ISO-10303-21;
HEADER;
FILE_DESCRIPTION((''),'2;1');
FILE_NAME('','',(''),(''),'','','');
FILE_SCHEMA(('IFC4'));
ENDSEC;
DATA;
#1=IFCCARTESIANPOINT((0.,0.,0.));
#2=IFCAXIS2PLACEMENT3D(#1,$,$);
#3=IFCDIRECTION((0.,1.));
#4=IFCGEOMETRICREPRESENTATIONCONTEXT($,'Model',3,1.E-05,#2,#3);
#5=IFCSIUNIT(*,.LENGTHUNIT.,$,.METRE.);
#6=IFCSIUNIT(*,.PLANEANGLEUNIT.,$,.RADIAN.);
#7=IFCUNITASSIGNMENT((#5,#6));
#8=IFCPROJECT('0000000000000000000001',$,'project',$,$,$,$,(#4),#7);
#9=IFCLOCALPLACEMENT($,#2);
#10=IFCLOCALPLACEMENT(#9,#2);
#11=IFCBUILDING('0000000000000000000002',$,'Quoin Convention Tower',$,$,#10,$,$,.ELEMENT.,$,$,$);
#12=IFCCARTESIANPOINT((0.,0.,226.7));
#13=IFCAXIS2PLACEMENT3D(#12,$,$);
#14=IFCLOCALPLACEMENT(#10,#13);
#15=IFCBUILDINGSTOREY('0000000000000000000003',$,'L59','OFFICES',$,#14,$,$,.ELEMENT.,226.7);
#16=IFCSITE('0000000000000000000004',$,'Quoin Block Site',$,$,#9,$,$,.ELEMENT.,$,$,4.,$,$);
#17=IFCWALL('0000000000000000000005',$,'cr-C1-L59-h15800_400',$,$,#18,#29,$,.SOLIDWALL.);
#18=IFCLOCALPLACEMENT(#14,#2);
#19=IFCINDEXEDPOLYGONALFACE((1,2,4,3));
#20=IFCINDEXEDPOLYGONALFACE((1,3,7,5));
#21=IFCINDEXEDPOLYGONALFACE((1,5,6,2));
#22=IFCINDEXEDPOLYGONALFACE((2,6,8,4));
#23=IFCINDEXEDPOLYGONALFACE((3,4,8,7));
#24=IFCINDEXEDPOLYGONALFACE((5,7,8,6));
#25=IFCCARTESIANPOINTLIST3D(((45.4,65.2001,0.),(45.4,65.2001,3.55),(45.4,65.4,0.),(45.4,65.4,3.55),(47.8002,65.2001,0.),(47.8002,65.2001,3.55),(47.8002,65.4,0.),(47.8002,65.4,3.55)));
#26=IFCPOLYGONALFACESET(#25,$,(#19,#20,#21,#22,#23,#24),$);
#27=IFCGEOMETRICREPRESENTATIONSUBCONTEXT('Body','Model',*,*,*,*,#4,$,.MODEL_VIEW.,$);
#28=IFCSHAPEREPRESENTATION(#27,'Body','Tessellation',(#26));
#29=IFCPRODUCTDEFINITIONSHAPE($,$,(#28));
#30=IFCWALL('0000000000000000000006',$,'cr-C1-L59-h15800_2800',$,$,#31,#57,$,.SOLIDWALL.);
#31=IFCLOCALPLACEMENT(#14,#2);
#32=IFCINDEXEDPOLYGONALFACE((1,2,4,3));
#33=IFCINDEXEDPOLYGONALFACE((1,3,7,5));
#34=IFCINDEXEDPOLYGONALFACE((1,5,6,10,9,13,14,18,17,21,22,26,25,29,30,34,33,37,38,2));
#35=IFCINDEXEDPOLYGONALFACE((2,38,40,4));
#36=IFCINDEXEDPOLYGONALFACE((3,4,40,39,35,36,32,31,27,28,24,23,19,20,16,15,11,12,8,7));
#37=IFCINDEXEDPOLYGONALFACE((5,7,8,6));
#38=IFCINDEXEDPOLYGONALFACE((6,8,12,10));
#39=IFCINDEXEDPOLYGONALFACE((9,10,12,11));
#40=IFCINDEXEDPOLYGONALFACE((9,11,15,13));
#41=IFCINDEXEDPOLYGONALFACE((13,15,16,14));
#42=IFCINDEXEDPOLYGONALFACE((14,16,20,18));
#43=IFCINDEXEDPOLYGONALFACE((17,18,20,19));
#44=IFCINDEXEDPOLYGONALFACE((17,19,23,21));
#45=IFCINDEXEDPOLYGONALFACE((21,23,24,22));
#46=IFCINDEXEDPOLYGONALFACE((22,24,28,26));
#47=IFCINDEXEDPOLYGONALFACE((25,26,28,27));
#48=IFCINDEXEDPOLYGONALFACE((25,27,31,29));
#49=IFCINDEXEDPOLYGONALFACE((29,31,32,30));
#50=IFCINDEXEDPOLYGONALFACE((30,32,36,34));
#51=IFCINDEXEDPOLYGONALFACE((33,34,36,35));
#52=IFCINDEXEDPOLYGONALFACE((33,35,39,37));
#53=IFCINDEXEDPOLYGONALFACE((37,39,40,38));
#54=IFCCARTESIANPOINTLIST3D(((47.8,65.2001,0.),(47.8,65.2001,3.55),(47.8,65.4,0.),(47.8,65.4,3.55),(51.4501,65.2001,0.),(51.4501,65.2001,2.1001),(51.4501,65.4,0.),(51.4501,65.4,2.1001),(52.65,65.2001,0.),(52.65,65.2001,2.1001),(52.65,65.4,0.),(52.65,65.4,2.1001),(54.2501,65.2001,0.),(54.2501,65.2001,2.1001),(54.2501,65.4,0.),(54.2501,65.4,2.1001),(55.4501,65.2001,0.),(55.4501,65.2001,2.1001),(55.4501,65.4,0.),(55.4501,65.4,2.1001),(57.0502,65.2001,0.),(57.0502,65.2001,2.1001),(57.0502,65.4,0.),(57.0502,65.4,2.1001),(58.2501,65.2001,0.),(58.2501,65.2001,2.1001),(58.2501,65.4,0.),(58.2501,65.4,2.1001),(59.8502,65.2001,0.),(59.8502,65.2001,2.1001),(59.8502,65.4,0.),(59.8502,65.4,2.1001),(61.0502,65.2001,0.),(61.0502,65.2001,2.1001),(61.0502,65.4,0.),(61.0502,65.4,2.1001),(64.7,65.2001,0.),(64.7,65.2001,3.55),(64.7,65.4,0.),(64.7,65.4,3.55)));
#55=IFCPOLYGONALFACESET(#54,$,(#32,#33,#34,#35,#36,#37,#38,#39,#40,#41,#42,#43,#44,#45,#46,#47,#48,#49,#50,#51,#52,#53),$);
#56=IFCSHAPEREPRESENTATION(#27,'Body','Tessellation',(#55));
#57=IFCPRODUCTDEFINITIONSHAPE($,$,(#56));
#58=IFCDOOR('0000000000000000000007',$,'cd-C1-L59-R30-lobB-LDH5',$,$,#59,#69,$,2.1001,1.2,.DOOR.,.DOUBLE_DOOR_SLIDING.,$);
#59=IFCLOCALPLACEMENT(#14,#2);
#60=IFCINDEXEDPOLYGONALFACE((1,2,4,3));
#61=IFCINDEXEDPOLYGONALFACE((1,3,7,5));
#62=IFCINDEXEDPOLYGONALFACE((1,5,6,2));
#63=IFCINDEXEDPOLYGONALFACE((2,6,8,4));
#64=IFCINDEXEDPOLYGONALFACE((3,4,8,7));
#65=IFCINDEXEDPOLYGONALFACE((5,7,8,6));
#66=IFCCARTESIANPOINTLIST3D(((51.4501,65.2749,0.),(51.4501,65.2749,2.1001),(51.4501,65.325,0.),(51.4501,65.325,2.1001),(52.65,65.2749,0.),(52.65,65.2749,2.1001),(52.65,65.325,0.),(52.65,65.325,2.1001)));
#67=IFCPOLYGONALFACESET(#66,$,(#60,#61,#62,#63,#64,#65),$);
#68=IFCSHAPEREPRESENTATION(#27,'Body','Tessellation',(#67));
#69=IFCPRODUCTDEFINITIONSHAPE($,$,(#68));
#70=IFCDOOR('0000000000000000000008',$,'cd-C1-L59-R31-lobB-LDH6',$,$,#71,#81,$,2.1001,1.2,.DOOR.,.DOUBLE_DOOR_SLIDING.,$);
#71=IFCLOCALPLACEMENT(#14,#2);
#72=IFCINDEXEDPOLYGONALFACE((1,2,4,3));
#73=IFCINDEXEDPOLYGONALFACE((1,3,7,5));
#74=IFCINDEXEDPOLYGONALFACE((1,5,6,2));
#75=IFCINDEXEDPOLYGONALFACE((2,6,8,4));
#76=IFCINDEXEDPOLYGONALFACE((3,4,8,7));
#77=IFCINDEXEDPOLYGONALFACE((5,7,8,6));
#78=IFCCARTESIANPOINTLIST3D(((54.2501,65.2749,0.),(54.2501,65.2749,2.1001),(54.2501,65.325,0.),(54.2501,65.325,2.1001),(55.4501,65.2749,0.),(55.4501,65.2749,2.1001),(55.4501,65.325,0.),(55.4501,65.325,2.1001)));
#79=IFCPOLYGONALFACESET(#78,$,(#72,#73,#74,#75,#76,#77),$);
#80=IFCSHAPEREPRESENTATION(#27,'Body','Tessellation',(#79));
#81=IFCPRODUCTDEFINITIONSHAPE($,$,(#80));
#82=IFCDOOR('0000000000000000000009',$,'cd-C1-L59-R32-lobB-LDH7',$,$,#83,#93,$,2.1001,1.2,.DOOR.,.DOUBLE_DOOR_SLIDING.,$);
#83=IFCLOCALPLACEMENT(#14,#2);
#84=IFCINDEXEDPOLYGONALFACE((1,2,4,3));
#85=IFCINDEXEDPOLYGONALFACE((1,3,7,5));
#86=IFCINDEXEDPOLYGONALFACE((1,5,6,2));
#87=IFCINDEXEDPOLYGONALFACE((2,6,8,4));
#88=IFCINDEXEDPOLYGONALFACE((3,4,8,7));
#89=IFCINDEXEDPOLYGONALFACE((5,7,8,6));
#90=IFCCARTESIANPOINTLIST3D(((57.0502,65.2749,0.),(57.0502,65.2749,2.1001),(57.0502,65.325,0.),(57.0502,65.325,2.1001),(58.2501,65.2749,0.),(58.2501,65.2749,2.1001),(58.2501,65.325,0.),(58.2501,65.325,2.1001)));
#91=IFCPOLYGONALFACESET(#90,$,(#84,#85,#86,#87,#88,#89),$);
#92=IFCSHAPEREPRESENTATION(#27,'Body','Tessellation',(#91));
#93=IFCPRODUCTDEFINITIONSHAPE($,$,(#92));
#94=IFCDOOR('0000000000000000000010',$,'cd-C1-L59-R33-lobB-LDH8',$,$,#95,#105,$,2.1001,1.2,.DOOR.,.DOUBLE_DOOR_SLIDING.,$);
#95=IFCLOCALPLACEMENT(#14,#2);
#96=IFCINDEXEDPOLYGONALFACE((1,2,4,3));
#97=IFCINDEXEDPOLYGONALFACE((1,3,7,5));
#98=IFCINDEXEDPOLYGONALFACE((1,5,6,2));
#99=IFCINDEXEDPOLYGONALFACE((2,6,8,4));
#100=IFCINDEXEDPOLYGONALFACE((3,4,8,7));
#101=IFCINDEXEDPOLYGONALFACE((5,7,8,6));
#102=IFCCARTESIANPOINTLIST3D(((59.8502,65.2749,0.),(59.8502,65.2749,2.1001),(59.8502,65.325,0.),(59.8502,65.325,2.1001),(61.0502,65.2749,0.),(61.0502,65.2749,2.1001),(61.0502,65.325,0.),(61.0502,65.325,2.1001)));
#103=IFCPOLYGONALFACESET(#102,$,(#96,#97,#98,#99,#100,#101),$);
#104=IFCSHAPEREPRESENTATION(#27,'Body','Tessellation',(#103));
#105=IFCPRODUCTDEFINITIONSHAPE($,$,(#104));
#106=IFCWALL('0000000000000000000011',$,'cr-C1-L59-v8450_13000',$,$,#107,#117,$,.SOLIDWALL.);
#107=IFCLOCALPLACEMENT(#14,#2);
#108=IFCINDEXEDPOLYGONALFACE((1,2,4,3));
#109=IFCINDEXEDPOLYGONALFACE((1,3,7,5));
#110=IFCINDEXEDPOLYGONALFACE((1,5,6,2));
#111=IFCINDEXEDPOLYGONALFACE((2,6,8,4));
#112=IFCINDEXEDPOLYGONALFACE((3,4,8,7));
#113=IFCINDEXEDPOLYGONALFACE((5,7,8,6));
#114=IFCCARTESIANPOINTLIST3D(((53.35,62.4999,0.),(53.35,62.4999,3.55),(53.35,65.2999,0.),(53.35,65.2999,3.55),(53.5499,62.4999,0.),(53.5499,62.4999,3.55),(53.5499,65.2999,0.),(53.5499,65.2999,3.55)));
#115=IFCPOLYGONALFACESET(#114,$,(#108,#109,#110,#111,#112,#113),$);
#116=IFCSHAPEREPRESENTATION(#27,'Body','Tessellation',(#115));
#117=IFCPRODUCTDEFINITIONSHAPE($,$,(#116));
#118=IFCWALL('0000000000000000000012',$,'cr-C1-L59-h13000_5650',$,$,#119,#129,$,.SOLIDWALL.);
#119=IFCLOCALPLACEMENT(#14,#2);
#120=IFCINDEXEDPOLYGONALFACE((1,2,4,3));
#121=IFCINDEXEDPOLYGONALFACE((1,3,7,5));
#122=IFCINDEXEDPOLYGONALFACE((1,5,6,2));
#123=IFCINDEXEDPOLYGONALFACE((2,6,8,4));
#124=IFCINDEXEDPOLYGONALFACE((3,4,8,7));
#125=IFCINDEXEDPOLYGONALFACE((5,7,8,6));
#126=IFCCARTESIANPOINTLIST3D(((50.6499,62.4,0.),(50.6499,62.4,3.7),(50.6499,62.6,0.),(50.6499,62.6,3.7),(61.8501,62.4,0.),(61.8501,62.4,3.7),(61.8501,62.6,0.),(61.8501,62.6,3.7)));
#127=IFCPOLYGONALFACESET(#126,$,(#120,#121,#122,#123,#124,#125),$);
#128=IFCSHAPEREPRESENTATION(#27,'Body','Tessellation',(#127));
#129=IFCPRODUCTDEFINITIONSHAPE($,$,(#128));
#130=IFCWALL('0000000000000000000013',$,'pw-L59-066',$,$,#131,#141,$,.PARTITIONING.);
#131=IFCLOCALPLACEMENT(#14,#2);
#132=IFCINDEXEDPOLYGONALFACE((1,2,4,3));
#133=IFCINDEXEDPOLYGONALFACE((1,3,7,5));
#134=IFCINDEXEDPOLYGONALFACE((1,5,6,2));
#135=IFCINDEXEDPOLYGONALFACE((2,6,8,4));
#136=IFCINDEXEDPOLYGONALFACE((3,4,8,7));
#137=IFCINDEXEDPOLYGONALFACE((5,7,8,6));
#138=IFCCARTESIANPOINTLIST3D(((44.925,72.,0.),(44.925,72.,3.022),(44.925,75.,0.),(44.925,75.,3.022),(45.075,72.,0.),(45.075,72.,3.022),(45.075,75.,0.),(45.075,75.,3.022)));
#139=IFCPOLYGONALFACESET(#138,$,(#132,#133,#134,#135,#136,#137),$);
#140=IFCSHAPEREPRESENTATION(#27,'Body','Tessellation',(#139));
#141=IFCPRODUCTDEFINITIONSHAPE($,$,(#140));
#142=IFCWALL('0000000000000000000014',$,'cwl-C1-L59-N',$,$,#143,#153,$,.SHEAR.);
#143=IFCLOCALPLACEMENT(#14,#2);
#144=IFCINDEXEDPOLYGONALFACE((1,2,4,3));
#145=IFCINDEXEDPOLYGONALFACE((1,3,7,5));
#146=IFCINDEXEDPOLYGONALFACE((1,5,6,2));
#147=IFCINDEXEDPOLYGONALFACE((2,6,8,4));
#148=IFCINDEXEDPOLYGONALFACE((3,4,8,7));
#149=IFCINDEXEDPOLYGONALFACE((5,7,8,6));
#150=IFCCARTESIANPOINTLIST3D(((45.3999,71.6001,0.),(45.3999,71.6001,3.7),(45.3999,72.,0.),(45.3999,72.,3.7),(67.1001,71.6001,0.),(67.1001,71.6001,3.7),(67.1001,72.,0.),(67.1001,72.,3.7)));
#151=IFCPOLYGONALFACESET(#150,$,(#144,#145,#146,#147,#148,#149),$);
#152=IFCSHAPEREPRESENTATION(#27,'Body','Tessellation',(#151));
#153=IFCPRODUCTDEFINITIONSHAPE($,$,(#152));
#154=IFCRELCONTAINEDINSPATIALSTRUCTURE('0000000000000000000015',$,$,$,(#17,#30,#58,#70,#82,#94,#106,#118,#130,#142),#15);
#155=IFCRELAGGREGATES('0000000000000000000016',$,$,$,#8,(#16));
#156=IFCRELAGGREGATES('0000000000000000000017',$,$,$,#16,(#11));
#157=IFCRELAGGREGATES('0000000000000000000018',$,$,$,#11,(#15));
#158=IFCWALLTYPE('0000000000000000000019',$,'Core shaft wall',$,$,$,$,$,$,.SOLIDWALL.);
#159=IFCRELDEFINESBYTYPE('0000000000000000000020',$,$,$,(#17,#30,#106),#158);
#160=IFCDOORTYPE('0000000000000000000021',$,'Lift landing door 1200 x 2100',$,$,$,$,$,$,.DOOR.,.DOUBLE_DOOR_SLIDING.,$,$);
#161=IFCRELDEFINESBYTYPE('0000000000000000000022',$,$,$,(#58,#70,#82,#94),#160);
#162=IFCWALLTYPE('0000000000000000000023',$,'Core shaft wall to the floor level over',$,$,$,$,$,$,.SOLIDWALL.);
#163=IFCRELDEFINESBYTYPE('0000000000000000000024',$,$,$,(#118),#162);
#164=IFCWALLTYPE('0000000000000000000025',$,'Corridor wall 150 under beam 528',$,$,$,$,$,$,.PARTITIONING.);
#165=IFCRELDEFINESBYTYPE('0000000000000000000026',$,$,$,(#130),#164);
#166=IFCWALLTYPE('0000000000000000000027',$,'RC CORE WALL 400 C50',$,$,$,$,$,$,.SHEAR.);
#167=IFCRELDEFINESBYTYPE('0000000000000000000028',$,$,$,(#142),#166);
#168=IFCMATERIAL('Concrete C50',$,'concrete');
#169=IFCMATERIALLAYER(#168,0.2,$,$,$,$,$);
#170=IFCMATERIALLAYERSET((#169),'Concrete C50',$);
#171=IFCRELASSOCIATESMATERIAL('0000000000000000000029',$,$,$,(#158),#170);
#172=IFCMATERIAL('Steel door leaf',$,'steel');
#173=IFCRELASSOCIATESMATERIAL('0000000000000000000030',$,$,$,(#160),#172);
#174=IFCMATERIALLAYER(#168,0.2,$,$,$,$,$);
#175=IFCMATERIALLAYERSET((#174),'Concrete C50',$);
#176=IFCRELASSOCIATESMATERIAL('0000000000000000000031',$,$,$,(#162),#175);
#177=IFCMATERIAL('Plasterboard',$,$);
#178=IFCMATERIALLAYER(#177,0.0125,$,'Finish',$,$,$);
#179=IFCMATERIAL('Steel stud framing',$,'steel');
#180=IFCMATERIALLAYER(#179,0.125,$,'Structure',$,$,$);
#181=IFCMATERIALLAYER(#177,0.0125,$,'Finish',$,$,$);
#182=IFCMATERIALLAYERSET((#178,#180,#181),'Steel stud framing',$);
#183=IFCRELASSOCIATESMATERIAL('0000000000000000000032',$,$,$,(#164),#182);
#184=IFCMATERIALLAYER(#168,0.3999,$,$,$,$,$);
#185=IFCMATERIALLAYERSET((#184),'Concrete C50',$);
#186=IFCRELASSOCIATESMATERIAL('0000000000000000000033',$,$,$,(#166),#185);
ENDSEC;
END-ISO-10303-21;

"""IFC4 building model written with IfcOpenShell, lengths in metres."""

from ifc_helpers import new_model, si_unit, direction, frame, frame_2d, origin, place, context, subcontext, project, spatial, rectangle, extrude, material, layer, layer_set, type_object, element, fill, save


model = new_model("IFC4")

# Units and contexts
model_context = context("Model", 3, precision=1e-05, world=origin(), true_north=direction((0.0, 1.0)))
body_context = subcontext(model_context, "Body", "Model", "MODEL_VIEW")
ifc_project = project(units=[si_unit("LENGTHUNIT", "METRE"), si_unit("PLANEANGLEUNIT", "RADIAN")], contexts=[model_context])

# Site, building, storey
site_placement = place(None, origin())
site = spatial("IfcSite", under=ifc_project, at=site_placement, Name="Quoin Block Site", CompositionType="ELEMENT", RefElevation=4.0)
building_placement = place(site_placement, origin())
building = spatial("IfcBuilding", under=site, at=building_placement, Name="Quoin Convention Tower", CompositionType="ELEMENT")
storey_placement = place(building_placement, frame((0.0, 0.0, 226.7)))
storey = spatial("IfcBuildingStorey", under=building, at=storey_placement, Name="L59", Description="OFFICES", CompositionType="ELEMENT", Elevation=226.7)

# Shared definitions
ifc_material_1 = material(Name="Plasterboard")
ifc_material_2 = material(Name="Steel stud framing", Category="steel")
ifc_material_3 = material(Name="Steel door leaf", Category="steel")

# Wall
ifc_material_4 = material(Name="Concrete C50", Category="concrete")
ifc_layer_1 = layer(ifc_material_4, 0.2)
ifc_layer_set_1 = layer_set([ifc_layer_1], Name="Concrete C50")
wall_type_1 = type_object("IfcWallType", Name="Core shaft wall", PredefinedType="SOLIDWALL", material=ifc_layer_set_1)
wall_1_placement = place(storey_placement, frame((45.3999, 65.3, 0.0), z_axis=(0.0, 0.0, 1.0), x_axis=(1.0, 0.0, 0.0)))
element("IfcWall", 1, at=wall_1_placement, inside=storey, type_object=wall_type_1, Name="cr-C1-L59-h15800_400", PredefinedType="SOLIDWALL", context=body_context, shape_type="SweptSolid", body=[
    extrude(rectangle(XDim=2.4001, YDim=0.2, at=frame_2d((1.2002, 0.0))), origin(), (0.0, 0.0, 1.0), 3.55),
])

# Wall, openings, doors
wall_2_placement = place(storey_placement, frame((47.8, 65.3, 0.0), z_axis=(0.0, 0.0, 1.0), x_axis=(1.0, 0.0, 0.0)))
wall_2 = element("IfcWall", 2, at=wall_2_placement, inside=storey, type_object=wall_type_1, Name="cr-C1-L59-h15800_2800", PredefinedType="SOLIDWALL", context=body_context, shape_type="SweptSolid", body=[
    extrude(rectangle(XDim=16.8999, YDim=0.2, at=frame_2d((8.45, 0.0))), origin(), (0.0, 0.0, 1.0), 3.55),
])
opening_1_placement = place(wall_2_placement, frame((3.6499, 0.0, 0.0)))
opening_1 = element("IfcOpeningElement", 3, at=opening_1_placement, cuts=wall_2, PredefinedType="OPENING", context=body_context, shape_type="SweptSolid", body=[
    extrude(rectangle(XDim=1.2, YDim=2.1001, at=frame_2d((0.6001, 1.05))), frame((0.0, 0.1099, 0.0), z_axis=(0.0, -1.0, 0.0), x_axis=(1.0, 0.0, 0.0)), (0.0, 0.0, 1.0), 0.22),
])
opening_2_placement = place(wall_2_placement, frame((6.45, 0.0, 0.0)))
opening_2 = element("IfcOpeningElement", 4, at=opening_2_placement, cuts=wall_2, PredefinedType="OPENING", context=body_context, shape_type="SweptSolid", body=[
    extrude(rectangle(XDim=1.2, YDim=2.1001, at=frame_2d((0.6001, 1.05))), frame((0.0, 0.1099, 0.0), z_axis=(0.0, -1.0, 0.0), x_axis=(1.0, 0.0, 0.0)), (0.0, 0.0, 1.0), 0.22),
])
opening_3_placement = place(wall_2_placement, frame((9.25, 0.0, 0.0)))
opening_3 = element("IfcOpeningElement", 5, at=opening_3_placement, cuts=wall_2, PredefinedType="OPENING", context=body_context, shape_type="SweptSolid", body=[
    extrude(rectangle(XDim=1.2, YDim=2.1001, at=frame_2d((0.6001, 1.05))), frame((0.0, 0.1099, 0.0), z_axis=(0.0, -1.0, 0.0), x_axis=(1.0, 0.0, 0.0)), (0.0, 0.0, 1.0), 0.22),
])
opening_4_placement = place(wall_2_placement, frame((12.05, 0.0, 0.0)))
opening_4 = element("IfcOpeningElement", 6, at=opening_4_placement, cuts=wall_2, PredefinedType="OPENING", context=body_context, shape_type="SweptSolid", body=[
    extrude(rectangle(XDim=1.2, YDim=2.1001, at=frame_2d((0.6001, 1.05))), frame((0.0, 0.1099, 0.0), z_axis=(0.0, -1.0, 0.0), x_axis=(1.0, 0.0, 0.0)), (0.0, 0.0, 1.0), 0.22),
])
door_type_1 = type_object("IfcDoorType", Name="Lift landing door 1200 x 2100", OperationType="DOUBLE_DOOR_SLIDING", PredefinedType="DOOR", material=ifc_material_3)
door_1_placement = place(opening_1_placement, origin())
door_1 = element("IfcDoor", 7, at=door_1_placement, inside=storey, type_object=door_type_1, Name="cd-C1-L59-R30-lobB-LDH5", OperationType="DOUBLE_DOOR_SLIDING", OverallHeight=2.1001, OverallWidth=1.2, PredefinedType="DOOR", context=body_context, shape_type="SweptSolid", body=[
    extrude(rectangle(XDim=1.2, YDim=2.1001, at=frame_2d((0.6001, 1.05))), frame((0.0, 0.0249, 0.0), z_axis=(0.0, -1.0, 0.0), x_axis=(1.0, 0.0, 0.0)), (0.0, 0.0, 1.0), 0.05),
])
fill(opening_1, door_1)
door_2_placement = place(opening_2_placement, origin())
door_2 = element("IfcDoor", 8, at=door_2_placement, inside=storey, type_object=door_type_1, Name="cd-C1-L59-R31-lobB-LDH6", OperationType="DOUBLE_DOOR_SLIDING", OverallHeight=2.1001, OverallWidth=1.2, PredefinedType="DOOR", context=body_context, shape_type="SweptSolid", body=[
    extrude(rectangle(XDim=1.2, YDim=2.1001, at=frame_2d((0.6001, 1.05))), frame((0.0, 0.0249, 0.0), z_axis=(0.0, -1.0, 0.0), x_axis=(1.0, 0.0, 0.0)), (0.0, 0.0, 1.0), 0.05),
])
fill(opening_2, door_2)
door_3_placement = place(opening_3_placement, origin())
door_3 = element("IfcDoor", 9, at=door_3_placement, inside=storey, type_object=door_type_1, Name="cd-C1-L59-R32-lobB-LDH7", OperationType="DOUBLE_DOOR_SLIDING", OverallHeight=2.1001, OverallWidth=1.2, PredefinedType="DOOR", context=body_context, shape_type="SweptSolid", body=[
    extrude(rectangle(XDim=1.2, YDim=2.1001, at=frame_2d((0.6001, 1.05))), frame((0.0, 0.0249, 0.0), z_axis=(0.0, -1.0, 0.0), x_axis=(1.0, 0.0, 0.0)), (0.0, 0.0, 1.0), 0.05),
])
fill(opening_3, door_3)
door_4_placement = place(opening_4_placement, origin())
door_4 = element("IfcDoor", 10, at=door_4_placement, inside=storey, type_object=door_type_1, Name="cd-C1-L59-R33-lobB-LDH8", OperationType="DOUBLE_DOOR_SLIDING", OverallHeight=2.1001, OverallWidth=1.2, PredefinedType="DOOR", context=body_context, shape_type="SweptSolid", body=[
    extrude(rectangle(XDim=1.2, YDim=2.1001, at=frame_2d((0.6001, 1.05))), frame((0.0, 0.0249, 0.0), z_axis=(0.0, -1.0, 0.0), x_axis=(1.0, 0.0, 0.0)), (0.0, 0.0, 1.0), 0.05),
])
fill(opening_4, door_4)

# Walls
wall_3_placement = place(storey_placement, frame((53.45, 62.5, 0.0), z_axis=(0.0, 0.0, 1.0), x_axis=(0.0, 1.0, 0.0)))
element("IfcWall", 11, at=wall_3_placement, inside=storey, type_object=wall_type_1, Name="cr-C1-L59-v8450_13000", PredefinedType="SOLIDWALL", context=body_context, shape_type="SweptSolid", body=[
    extrude(rectangle(XDim=2.8, YDim=0.2, at=frame_2d((1.3999, 0.0))), origin(), (0.0, 0.0, 1.0), 3.55),
])
ifc_layer_2 = layer(ifc_material_4, 0.2)
ifc_layer_set_2 = layer_set([ifc_layer_2], Name="Concrete C50")
wall_type_2 = type_object("IfcWallType", Name="Core shaft wall to the floor level over", PredefinedType="SOLIDWALL", material=ifc_layer_set_2)
wall_4_placement = place(storey_placement, frame((50.6499, 62.5, 0.0), z_axis=(0.0, 0.0, 1.0), x_axis=(1.0, 0.0, 0.0)))
element("IfcWall", 12, at=wall_4_placement, inside=storey, type_object=wall_type_2, Name="cr-C1-L59-h13000_5650", PredefinedType="SOLIDWALL", context=body_context, shape_type="SweptSolid", body=[
    extrude(rectangle(XDim=11.2002, YDim=0.2, at=frame_2d((5.6001, 0.0))), origin(), (0.0, 0.0, 1.0), 3.7),
])
ifc_layer_3 = layer(ifc_material_1, 0.0125, Name="Finish")
ifc_layer_4 = layer(ifc_material_2, 0.125, Name="Structure")
ifc_layer_5 = layer(ifc_material_1, 0.0125, Name="Finish")
ifc_layer_set_3 = layer_set([ifc_layer_3, ifc_layer_4, ifc_layer_5], Name="Steel stud framing")
wall_type_3 = type_object("IfcWallType", Name="Corridor wall 150 under beam 528", PredefinedType="PARTITIONING", material=ifc_layer_set_3)
wall_5_placement = place(storey_placement, frame((45.0, 72.0, 0.0), z_axis=(0.0, 0.0, 1.0), x_axis=(0.0, 1.0, 0.0)))
element("IfcWall", 13, at=wall_5_placement, inside=storey, type_object=wall_type_3, Name="pw-L59-066", PredefinedType="PARTITIONING", context=body_context, shape_type="SweptSolid", body=[
    extrude(rectangle(XDim=3.0, YDim=0.1499, at=frame_2d((1.5, 0.0))), origin(), (0.0, 0.0, 1.0), 3.022),
])
ifc_layer_6 = layer(ifc_material_4, 0.3999)
ifc_layer_set_4 = layer_set([ifc_layer_6], Name="Concrete C50")
wall_type_4 = type_object("IfcWallType", Name="RC CORE WALL 400 C50", PredefinedType="SHEAR", material=ifc_layer_set_4)
wall_6_placement = place(storey_placement, frame((45.3999, 71.8, 0.0), z_axis=(0.0, 0.0, 1.0), x_axis=(1.0, 0.0, 0.0)))
element("IfcWall", 14, at=wall_6_placement, inside=storey, type_object=wall_type_4, Name="cwl-C1-L59-N", PredefinedType="SHEAR", context=body_context, shape_type="SweptSolid", body=[
    extrude(rectangle(XDim=21.7002, YDim=0.3999, at=frame_2d((10.8501, 0.0))), origin(), (0.0, 0.0, 1.0), 3.7),
])

save(model, "model.ifc")
